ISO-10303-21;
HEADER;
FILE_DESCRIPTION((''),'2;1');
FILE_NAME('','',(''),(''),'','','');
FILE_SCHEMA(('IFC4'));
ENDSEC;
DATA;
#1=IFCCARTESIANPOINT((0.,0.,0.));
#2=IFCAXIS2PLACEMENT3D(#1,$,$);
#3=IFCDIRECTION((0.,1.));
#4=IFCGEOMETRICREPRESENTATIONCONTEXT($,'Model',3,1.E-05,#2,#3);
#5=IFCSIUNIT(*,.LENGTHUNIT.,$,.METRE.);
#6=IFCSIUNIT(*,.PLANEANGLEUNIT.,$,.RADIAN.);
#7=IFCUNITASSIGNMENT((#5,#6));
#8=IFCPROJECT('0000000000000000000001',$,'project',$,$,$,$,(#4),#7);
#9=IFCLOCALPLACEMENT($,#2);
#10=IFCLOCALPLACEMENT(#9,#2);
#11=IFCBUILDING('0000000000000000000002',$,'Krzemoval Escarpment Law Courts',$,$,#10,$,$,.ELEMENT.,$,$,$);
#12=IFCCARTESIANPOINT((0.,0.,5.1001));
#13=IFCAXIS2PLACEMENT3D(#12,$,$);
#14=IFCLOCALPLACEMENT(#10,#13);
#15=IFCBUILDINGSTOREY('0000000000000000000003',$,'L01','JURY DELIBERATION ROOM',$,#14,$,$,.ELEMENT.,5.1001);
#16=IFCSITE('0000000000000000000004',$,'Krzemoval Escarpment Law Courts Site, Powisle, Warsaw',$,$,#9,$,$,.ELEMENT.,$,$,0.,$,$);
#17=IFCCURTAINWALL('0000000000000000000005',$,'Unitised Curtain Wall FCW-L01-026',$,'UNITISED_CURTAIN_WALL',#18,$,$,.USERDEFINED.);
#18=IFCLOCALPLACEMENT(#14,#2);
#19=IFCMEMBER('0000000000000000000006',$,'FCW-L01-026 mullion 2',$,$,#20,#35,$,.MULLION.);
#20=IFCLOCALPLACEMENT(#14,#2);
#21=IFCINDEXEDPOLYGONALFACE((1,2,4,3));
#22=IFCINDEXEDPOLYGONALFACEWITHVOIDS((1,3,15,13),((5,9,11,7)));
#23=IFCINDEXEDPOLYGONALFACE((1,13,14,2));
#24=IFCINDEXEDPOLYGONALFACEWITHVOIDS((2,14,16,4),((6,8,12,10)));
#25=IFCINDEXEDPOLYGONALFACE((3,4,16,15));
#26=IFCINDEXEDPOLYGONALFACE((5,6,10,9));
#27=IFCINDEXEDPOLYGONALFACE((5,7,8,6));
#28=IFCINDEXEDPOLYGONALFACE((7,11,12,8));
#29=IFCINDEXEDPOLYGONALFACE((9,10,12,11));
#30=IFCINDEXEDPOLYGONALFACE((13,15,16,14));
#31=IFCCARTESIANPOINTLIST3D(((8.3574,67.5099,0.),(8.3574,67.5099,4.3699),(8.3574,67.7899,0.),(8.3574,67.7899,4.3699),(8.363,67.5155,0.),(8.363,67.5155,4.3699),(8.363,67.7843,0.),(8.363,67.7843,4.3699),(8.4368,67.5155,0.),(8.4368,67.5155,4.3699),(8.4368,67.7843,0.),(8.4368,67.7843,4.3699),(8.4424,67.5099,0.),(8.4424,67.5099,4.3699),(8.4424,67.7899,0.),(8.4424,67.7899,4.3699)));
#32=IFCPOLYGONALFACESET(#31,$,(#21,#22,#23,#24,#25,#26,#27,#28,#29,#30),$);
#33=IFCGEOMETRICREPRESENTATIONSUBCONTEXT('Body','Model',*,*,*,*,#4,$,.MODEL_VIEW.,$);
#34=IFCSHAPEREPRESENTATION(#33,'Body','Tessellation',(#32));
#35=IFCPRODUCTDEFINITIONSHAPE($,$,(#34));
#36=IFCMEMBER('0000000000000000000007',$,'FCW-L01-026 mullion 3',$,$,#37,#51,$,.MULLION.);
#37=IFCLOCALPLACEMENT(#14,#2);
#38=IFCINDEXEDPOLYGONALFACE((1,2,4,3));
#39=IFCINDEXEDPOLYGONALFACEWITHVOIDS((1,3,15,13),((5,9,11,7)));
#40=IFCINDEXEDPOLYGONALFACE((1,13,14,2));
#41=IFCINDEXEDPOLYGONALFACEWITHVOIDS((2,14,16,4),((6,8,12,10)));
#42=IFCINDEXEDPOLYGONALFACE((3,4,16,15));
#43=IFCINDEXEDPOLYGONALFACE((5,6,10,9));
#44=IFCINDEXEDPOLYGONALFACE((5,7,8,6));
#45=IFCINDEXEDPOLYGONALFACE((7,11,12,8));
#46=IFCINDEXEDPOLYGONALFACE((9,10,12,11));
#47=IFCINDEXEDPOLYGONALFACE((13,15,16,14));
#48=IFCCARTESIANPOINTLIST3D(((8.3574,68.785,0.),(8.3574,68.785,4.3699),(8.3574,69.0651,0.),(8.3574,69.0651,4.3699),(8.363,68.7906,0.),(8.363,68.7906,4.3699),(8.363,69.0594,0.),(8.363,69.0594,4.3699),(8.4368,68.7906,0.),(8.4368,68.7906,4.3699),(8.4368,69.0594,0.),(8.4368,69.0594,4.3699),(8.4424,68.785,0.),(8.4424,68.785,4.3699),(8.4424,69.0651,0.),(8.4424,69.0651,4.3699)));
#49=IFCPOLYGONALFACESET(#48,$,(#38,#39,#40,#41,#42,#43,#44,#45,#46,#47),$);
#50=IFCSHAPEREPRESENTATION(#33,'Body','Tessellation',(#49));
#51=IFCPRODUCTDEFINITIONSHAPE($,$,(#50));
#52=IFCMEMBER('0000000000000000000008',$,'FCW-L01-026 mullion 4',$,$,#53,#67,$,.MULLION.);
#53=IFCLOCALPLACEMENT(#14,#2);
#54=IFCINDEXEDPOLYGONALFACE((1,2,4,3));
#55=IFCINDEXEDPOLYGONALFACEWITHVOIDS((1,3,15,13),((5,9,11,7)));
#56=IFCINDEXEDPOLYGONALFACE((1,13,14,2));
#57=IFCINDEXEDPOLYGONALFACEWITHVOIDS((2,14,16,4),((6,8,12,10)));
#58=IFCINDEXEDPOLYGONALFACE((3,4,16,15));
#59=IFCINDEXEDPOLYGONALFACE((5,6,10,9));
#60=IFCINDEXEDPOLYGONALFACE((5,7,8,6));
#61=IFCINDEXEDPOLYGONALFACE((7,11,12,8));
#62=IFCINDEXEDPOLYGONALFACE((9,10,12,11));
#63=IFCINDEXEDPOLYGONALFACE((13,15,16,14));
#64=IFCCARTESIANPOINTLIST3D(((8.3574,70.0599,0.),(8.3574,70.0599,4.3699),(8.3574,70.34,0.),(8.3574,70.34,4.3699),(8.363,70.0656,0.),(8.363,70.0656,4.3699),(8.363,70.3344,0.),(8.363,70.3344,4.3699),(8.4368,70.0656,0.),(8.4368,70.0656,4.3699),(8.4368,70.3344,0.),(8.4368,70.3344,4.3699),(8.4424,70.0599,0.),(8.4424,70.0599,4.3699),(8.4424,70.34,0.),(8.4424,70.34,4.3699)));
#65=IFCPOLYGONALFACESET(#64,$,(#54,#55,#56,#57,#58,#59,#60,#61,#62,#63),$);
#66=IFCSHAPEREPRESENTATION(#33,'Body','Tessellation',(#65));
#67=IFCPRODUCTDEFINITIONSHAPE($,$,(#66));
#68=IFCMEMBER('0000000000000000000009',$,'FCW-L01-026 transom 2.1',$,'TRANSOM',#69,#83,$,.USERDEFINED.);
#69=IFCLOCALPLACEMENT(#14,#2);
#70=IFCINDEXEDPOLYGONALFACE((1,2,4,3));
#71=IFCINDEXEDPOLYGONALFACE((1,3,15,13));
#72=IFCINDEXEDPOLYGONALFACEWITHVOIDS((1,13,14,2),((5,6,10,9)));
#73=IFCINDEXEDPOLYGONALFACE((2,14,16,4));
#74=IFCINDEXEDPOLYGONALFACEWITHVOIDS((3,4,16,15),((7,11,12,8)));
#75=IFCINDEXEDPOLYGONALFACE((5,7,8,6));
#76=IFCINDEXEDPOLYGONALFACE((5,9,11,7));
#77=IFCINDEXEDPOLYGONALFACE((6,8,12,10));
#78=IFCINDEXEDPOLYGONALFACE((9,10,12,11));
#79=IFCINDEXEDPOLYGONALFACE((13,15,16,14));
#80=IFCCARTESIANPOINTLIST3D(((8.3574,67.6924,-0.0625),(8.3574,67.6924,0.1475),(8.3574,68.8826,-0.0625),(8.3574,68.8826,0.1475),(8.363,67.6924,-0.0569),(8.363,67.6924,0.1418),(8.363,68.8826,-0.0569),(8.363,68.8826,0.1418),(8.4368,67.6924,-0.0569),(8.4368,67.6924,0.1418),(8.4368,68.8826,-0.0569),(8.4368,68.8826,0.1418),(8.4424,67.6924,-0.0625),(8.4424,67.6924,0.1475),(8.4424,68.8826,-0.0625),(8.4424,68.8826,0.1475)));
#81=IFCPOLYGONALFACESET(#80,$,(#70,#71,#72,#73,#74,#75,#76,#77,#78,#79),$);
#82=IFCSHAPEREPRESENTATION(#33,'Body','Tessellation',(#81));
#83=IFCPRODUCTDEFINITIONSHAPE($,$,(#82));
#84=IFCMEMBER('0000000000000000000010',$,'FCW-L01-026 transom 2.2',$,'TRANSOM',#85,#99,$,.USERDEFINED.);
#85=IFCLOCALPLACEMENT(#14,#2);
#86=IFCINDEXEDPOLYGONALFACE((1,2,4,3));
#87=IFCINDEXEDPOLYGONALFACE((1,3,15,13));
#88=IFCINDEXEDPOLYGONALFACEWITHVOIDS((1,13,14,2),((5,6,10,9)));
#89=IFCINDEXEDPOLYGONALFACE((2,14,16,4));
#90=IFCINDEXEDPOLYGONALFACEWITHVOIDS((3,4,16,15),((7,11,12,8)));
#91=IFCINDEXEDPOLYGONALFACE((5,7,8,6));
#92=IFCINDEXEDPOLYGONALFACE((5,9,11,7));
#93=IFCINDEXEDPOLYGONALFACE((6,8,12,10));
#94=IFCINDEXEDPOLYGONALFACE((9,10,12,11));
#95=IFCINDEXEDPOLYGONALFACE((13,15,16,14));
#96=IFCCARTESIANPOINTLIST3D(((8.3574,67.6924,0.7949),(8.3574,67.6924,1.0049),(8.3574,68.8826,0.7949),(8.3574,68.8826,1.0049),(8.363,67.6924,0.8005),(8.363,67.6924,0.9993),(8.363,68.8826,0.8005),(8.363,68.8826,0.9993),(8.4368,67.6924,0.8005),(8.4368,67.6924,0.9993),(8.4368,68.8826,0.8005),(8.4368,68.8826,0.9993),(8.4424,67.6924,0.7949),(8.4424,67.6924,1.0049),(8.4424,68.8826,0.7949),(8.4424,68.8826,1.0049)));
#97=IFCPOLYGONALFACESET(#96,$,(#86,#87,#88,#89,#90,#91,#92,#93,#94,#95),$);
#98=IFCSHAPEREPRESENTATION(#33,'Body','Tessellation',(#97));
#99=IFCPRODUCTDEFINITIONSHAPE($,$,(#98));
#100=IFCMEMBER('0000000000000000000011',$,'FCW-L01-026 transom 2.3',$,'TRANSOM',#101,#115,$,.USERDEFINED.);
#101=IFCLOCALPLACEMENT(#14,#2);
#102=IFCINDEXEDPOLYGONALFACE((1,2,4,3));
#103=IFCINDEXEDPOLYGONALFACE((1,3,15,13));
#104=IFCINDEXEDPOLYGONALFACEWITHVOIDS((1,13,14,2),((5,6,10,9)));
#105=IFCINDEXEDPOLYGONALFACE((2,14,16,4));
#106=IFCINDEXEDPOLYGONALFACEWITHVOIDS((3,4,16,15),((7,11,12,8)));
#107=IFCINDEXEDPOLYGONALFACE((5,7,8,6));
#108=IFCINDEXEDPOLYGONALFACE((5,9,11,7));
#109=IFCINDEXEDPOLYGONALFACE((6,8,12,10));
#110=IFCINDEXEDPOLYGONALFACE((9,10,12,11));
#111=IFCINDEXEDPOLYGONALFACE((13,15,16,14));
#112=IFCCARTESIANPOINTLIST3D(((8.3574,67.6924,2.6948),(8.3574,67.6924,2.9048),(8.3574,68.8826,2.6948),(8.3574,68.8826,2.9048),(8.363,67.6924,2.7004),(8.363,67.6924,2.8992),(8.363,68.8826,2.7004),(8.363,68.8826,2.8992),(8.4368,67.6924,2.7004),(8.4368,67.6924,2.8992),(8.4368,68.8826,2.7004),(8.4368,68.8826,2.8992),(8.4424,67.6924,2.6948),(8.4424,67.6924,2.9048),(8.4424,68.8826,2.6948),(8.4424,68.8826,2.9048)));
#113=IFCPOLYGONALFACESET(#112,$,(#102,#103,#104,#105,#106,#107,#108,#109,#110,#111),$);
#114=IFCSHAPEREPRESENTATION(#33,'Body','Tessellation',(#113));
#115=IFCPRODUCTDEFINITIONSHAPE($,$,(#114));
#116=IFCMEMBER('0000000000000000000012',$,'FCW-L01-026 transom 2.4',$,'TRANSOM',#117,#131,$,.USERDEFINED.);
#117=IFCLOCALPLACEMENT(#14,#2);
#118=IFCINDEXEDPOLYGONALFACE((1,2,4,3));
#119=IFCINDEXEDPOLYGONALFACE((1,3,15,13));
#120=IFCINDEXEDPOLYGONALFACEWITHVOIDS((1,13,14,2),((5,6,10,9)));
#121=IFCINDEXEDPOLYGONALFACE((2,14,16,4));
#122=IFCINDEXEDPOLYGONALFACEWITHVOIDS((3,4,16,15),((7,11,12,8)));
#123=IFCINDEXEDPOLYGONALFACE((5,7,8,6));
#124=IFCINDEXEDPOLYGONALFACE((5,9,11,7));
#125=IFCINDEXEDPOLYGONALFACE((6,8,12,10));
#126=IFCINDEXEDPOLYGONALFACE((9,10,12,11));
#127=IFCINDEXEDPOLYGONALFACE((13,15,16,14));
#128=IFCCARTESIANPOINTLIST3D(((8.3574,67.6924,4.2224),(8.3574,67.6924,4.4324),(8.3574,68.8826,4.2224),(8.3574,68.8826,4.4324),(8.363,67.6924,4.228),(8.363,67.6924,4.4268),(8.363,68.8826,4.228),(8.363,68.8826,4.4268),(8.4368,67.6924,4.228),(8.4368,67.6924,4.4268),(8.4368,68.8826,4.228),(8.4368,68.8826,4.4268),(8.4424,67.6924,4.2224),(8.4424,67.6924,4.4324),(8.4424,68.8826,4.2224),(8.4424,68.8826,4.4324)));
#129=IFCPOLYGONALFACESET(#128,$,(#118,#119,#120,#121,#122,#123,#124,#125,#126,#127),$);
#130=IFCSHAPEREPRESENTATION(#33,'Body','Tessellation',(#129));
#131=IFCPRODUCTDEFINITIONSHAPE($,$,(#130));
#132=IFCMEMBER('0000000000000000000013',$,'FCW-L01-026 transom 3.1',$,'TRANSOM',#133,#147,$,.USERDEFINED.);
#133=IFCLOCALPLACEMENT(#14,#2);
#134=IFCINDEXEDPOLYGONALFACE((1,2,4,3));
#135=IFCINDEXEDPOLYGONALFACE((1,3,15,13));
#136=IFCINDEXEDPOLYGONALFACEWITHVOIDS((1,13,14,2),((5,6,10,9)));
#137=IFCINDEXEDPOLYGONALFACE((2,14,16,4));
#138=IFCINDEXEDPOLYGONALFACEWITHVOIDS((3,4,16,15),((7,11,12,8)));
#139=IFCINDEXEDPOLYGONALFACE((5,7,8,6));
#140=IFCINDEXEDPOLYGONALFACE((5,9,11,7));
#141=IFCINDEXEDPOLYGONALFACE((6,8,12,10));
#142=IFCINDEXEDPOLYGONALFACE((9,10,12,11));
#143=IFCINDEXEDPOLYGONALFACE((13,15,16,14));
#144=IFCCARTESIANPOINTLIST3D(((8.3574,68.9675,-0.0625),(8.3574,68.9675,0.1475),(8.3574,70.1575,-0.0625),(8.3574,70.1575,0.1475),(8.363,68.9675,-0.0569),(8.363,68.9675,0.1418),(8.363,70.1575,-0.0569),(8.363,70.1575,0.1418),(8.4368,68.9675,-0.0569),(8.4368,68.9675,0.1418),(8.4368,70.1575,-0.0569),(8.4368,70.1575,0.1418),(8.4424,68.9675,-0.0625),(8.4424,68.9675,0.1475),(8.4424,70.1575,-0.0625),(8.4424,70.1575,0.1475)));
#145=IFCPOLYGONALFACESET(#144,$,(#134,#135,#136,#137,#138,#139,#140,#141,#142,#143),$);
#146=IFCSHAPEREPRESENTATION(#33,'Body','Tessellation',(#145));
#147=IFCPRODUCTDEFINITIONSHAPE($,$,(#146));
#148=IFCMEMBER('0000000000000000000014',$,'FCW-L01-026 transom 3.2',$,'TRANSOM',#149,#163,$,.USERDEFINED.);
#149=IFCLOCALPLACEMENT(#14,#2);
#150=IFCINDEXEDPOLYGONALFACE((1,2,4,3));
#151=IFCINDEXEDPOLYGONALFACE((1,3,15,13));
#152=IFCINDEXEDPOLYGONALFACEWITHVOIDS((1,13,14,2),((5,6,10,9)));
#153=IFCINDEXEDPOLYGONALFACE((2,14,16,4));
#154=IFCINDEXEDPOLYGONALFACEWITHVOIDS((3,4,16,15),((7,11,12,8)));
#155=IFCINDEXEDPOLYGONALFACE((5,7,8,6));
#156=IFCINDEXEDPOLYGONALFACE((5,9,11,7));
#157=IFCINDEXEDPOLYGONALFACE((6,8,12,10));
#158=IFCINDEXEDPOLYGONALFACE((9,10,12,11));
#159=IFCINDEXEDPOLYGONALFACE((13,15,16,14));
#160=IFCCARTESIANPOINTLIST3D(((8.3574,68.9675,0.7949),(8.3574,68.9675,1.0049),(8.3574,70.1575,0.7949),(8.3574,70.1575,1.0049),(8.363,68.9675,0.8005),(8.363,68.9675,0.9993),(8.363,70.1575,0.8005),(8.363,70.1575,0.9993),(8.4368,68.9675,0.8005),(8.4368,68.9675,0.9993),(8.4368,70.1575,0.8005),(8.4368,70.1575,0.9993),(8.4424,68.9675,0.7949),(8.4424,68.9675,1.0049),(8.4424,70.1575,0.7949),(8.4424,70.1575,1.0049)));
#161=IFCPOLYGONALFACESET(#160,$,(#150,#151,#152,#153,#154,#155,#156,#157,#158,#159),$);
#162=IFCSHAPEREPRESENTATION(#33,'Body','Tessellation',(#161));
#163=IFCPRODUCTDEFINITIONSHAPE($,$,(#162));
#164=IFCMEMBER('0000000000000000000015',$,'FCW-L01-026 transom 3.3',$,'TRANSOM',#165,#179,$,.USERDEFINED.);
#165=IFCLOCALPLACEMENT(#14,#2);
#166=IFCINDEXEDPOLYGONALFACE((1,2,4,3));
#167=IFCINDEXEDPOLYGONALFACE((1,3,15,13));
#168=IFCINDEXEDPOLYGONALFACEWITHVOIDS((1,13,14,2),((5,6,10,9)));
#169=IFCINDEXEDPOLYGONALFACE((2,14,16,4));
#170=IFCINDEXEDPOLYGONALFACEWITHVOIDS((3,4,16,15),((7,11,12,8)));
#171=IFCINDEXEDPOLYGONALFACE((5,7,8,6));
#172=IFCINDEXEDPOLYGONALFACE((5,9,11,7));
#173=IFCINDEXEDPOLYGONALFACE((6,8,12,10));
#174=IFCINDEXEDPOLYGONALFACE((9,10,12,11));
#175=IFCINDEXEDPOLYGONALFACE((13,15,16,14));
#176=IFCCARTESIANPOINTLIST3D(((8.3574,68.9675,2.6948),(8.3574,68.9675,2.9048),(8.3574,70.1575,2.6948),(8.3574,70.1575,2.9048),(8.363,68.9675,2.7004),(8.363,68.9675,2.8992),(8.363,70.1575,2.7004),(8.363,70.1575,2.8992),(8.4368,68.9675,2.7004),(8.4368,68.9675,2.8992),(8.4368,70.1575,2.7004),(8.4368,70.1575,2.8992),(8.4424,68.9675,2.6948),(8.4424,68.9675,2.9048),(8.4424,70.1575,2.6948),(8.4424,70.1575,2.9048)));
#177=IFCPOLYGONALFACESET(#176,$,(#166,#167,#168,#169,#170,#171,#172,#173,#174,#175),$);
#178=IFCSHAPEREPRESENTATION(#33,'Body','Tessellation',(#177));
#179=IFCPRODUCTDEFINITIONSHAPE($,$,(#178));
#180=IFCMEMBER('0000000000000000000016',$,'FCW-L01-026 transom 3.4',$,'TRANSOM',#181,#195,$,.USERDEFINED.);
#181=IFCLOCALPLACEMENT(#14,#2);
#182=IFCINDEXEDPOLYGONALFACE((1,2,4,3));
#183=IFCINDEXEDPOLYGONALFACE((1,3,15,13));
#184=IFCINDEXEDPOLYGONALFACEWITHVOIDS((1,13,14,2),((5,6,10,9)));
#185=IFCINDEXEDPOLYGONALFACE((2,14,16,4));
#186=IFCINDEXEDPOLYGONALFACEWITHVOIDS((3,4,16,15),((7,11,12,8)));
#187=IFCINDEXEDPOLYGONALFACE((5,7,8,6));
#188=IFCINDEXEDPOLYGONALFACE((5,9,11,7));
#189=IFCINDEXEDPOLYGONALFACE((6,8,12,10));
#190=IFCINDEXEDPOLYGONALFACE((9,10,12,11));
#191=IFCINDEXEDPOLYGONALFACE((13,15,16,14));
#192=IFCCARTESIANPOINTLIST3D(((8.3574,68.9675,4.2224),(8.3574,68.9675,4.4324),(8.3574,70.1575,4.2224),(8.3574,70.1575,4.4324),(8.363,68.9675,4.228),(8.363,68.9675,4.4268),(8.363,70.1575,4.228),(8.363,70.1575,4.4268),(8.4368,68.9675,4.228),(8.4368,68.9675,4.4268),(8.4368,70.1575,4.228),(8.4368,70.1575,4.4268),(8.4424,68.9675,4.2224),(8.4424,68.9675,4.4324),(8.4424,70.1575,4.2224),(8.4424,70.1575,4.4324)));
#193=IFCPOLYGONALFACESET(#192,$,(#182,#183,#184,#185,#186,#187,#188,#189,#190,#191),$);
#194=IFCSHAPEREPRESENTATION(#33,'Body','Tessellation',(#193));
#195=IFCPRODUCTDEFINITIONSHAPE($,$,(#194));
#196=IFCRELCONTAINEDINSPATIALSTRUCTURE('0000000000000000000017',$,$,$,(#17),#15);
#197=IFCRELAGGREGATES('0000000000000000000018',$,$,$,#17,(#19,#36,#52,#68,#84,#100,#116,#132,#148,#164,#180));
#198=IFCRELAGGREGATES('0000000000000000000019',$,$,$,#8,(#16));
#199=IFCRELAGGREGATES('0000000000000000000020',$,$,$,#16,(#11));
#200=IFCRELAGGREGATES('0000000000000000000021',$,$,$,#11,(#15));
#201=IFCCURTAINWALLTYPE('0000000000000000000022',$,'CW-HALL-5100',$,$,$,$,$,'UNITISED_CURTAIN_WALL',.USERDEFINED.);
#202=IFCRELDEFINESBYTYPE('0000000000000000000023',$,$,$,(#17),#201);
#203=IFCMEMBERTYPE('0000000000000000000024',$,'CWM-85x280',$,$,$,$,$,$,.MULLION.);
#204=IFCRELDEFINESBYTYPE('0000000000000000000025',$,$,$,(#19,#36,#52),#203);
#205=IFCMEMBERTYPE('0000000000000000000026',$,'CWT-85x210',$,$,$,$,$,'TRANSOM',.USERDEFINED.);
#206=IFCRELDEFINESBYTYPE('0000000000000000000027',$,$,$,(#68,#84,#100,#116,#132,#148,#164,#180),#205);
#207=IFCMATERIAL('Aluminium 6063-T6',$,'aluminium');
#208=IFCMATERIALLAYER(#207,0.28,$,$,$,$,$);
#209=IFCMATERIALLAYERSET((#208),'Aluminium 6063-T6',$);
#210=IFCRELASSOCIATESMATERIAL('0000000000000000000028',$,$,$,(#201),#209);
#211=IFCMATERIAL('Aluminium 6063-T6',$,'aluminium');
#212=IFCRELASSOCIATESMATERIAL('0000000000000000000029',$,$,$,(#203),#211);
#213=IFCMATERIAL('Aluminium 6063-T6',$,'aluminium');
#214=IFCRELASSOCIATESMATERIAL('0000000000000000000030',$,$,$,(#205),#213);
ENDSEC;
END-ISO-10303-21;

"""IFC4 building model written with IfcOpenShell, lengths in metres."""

from ifc_helpers import new_model, si_unit, direction, frame, origin, origin_2d, place, context, subcontext, project, spatial, hollow_rectangle, extrude, material, layer, layer_set, material_profile, profile_set, type_object, element, aggregate, save


model = new_model("IFC4")

# Units and contexts
model_context = context("Model", 3, precision=1e-05, world=origin(), true_north=direction((0.0, 1.0)))
body_context = subcontext(model_context, "Body", "Model", "MODEL_VIEW")
ifc_project = project(units=[si_unit("LENGTHUNIT", "METRE"), si_unit("PLANEANGLEUNIT", "RADIAN")], contexts=[model_context])

# Site, building, storey
site_placement = place(None, origin())
site = spatial("IfcSite", under=ifc_project, at=site_placement, Name="Krzemoval Escarpment Law Courts Site, Powisle, Warsaw", CompositionType="ELEMENT", RefElevation=0.0)
building_placement = place(site_placement, origin())
building = spatial("IfcBuilding", under=site, at=building_placement, Name="Krzemoval Escarpment Law Courts", CompositionType="ELEMENT")
storey_placement = place(building_placement, frame((0.0, 0.0, 5.1001)))
storey = spatial("IfcBuildingStorey", under=building, at=storey_placement, Name="L01", Description="JURY DELIBERATION ROOM", CompositionType="ELEMENT", Elevation=5.1001)

# Curtain wall, members
ifc_material_1 = material(Name="Aluminium 6063-T6", Category="aluminium")
ifc_layer_1 = layer(ifc_material_1, 0.28)
ifc_layer_set_1 = layer_set([ifc_layer_1], Name="Aluminium 6063-T6")
curtain_wall_type = type_object("IfcCurtainWallType", Name="CW-HALL-5100", ElementType="UNITISED_CURTAIN_WALL", PredefinedType="USERDEFINED", material=ifc_layer_set_1)
curtain_wall_placement = place(storey_placement, origin())
curtain_wall = element("IfcCurtainWall", 1, at=curtain_wall_placement, inside=storey, type_object=curtain_wall_type, Name="Unitised Curtain Wall FCW-L01-026", ObjectType="UNITISED_CURTAIN_WALL", PredefinedType="USERDEFINED")
ifc_material_2 = material(Name="Aluminium 6063-T6", Category="aluminium")
ifc_material_profile_1 = material_profile(ifc_material_2, hollow_rectangle(XDim=0.085, YDim=0.28, WallThickness=0.0056, at=origin_2d()), Name="ALU M85x280")
ifc_profile_set_1 = profile_set([ifc_material_profile_1], Name="Aluminium 6063-T6")
member_type_1 = type_object("IfcMemberType", Name="CWM-85x280", PredefinedType="MULLION", material=ifc_profile_set_1)
member_1_placement = place(storey_placement, frame((8.3999, 67.6499, 0.0), z_axis=(0.0, 0.0, 1.0), x_axis=(-1.0, 0.0, 0.0)))
member_1 = element("IfcMember", 2, at=member_1_placement, type_object=member_type_1, Name="FCW-L01-026 mullion 2", PredefinedType="MULLION", context=body_context, shape_type="SweptSolid", body=[
    extrude(hollow_rectangle(XDim=0.085, YDim=0.28, WallThickness=0.0056, at=origin_2d()), origin(), (0.0, 0.0, 1.0), 4.3699),
])
member_2_placement = place(storey_placement, frame((8.3999, 68.925, 0.0), z_axis=(0.0, 0.0, 1.0), x_axis=(-1.0, 0.0, 0.0)))
member_2 = element("IfcMember", 3, at=member_2_placement, type_object=member_type_1, Name="FCW-L01-026 mullion 3", PredefinedType="MULLION", context=body_context, shape_type="SweptSolid", body=[
    extrude(hollow_rectangle(XDim=0.085, YDim=0.28, WallThickness=0.0056, at=origin_2d()), origin(), (0.0, 0.0, 1.0), 4.3699),
])
member_3_placement = place(storey_placement, frame((8.3999, 70.2, 0.0), z_axis=(0.0, 0.0, 1.0), x_axis=(-1.0, 0.0, 0.0)))
member_3 = element("IfcMember", 4, at=member_3_placement, type_object=member_type_1, Name="FCW-L01-026 mullion 4", PredefinedType="MULLION", context=body_context, shape_type="SweptSolid", body=[
    extrude(hollow_rectangle(XDim=0.085, YDim=0.28, WallThickness=0.0056, at=origin_2d()), origin(), (0.0, 0.0, 1.0), 4.3699),
])
ifc_material_3 = material(Name="Aluminium 6063-T6", Category="aluminium")
ifc_material_profile_2 = material_profile(ifc_material_3, hollow_rectangle(XDim=0.085, YDim=0.21, WallThickness=0.0056, at=origin_2d()), Name="ALU T85x210")
ifc_profile_set_2 = profile_set([ifc_material_profile_2], Name="Aluminium 6063-T6")
member_type_2 = type_object("IfcMemberType", Name="CWT-85x210", ElementType="TRANSOM", PredefinedType="USERDEFINED", material=ifc_profile_set_2)
member_4_placement = place(storey_placement, frame((8.3999, 67.6924, 0.0425), z_axis=(0.0, 1.0, 0.0), x_axis=(-1.0, 0.0, 0.0)))
member_4 = element("IfcMember", 5, at=member_4_placement, type_object=member_type_2, Name="FCW-L01-026 transom 2.1", ObjectType="TRANSOM", PredefinedType="USERDEFINED", context=body_context, shape_type="SweptSolid", body=[
    extrude(hollow_rectangle(XDim=0.085, YDim=0.21, WallThickness=0.0056, at=origin_2d()), origin(), (0.0, 0.0, 1.0), 1.1902),
])
member_5_placement = place(storey_placement, frame((8.3999, 67.6924, 0.8999), z_axis=(0.0, 1.0, 0.0), x_axis=(-1.0, 0.0, 0.0)))
member_5 = element("IfcMember", 6, at=member_5_placement, type_object=member_type_2, Name="FCW-L01-026 transom 2.2", ObjectType="TRANSOM", PredefinedType="USERDEFINED", context=body_context, shape_type="SweptSolid", body=[
    extrude(hollow_rectangle(XDim=0.085, YDim=0.21, WallThickness=0.0056, at=origin_2d()), origin(), (0.0, 0.0, 1.0), 1.1902),
])
member_6_placement = place(storey_placement, frame((8.3999, 67.6924, 2.7998), z_axis=(0.0, 1.0, 0.0), x_axis=(-1.0, 0.0, 0.0)))
member_6 = element("IfcMember", 7, at=member_6_placement, type_object=member_type_2, Name="FCW-L01-026 transom 2.3", ObjectType="TRANSOM", PredefinedType="USERDEFINED", context=body_context, shape_type="SweptSolid", body=[
    extrude(hollow_rectangle(XDim=0.085, YDim=0.21, WallThickness=0.0056, at=origin_2d()), origin(), (0.0, 0.0, 1.0), 1.1902),
])
member_7_placement = place(storey_placement, frame((8.3999, 67.6924, 4.3274), z_axis=(0.0, 1.0, 0.0), x_axis=(-1.0, 0.0, 0.0)))
member_7 = element("IfcMember", 8, at=member_7_placement, type_object=member_type_2, Name="FCW-L01-026 transom 2.4", ObjectType="TRANSOM", PredefinedType="USERDEFINED", context=body_context, shape_type="SweptSolid", body=[
    extrude(hollow_rectangle(XDim=0.085, YDim=0.21, WallThickness=0.0056, at=origin_2d()), origin(), (0.0, 0.0, 1.0), 1.1902),
])
member_8_placement = place(storey_placement, frame((8.3999, 68.9675, 0.0425), z_axis=(0.0, 1.0, 0.0), x_axis=(-1.0, 0.0, 0.0)))
member_8 = element("IfcMember", 9, at=member_8_placement, type_object=member_type_2, Name="FCW-L01-026 transom 3.1", ObjectType="TRANSOM", PredefinedType="USERDEFINED", context=body_context, shape_type="SweptSolid", body=[
    extrude(hollow_rectangle(XDim=0.085, YDim=0.21, WallThickness=0.0056, at=origin_2d()), origin(), (0.0, 0.0, 1.0), 1.1899),
])
member_9_placement = place(storey_placement, frame((8.3999, 68.9675, 0.8999), z_axis=(0.0, 1.0, 0.0), x_axis=(-1.0, 0.0, 0.0)))
member_9 = element("IfcMember", 10, at=member_9_placement, type_object=member_type_2, Name="FCW-L01-026 transom 3.2", ObjectType="TRANSOM", PredefinedType="USERDEFINED", context=body_context, shape_type="SweptSolid", body=[
    extrude(hollow_rectangle(XDim=0.085, YDim=0.21, WallThickness=0.0056, at=origin_2d()), origin(), (0.0, 0.0, 1.0), 1.1899),
])
member_10_placement = place(storey_placement, frame((8.3999, 68.9675, 2.7998), z_axis=(0.0, 1.0, 0.0), x_axis=(-1.0, 0.0, 0.0)))
member_10 = element("IfcMember", 11, at=member_10_placement, type_object=member_type_2, Name="FCW-L01-026 transom 3.3", ObjectType="TRANSOM", PredefinedType="USERDEFINED", context=body_context, shape_type="SweptSolid", body=[
    extrude(hollow_rectangle(XDim=0.085, YDim=0.21, WallThickness=0.0056, at=origin_2d()), origin(), (0.0, 0.0, 1.0), 1.1899),
])
member_11_placement = place(storey_placement, frame((8.3999, 68.9675, 4.3274), z_axis=(0.0, 1.0, 0.0), x_axis=(-1.0, 0.0, 0.0)))
member_11 = element("IfcMember", 12, at=member_11_placement, type_object=member_type_2, Name="FCW-L01-026 transom 3.4", ObjectType="TRANSOM", PredefinedType="USERDEFINED", context=body_context, shape_type="SweptSolid", body=[
    extrude(hollow_rectangle(XDim=0.085, YDim=0.21, WallThickness=0.0056, at=origin_2d()), origin(), (0.0, 0.0, 1.0), 1.1899),
])

aggregate(curtain_wall, [member_1, member_2, member_3, member_4, member_5, member_6, member_7, member_8, member_9, member_10, member_11])

save(model, "model.ifc")
